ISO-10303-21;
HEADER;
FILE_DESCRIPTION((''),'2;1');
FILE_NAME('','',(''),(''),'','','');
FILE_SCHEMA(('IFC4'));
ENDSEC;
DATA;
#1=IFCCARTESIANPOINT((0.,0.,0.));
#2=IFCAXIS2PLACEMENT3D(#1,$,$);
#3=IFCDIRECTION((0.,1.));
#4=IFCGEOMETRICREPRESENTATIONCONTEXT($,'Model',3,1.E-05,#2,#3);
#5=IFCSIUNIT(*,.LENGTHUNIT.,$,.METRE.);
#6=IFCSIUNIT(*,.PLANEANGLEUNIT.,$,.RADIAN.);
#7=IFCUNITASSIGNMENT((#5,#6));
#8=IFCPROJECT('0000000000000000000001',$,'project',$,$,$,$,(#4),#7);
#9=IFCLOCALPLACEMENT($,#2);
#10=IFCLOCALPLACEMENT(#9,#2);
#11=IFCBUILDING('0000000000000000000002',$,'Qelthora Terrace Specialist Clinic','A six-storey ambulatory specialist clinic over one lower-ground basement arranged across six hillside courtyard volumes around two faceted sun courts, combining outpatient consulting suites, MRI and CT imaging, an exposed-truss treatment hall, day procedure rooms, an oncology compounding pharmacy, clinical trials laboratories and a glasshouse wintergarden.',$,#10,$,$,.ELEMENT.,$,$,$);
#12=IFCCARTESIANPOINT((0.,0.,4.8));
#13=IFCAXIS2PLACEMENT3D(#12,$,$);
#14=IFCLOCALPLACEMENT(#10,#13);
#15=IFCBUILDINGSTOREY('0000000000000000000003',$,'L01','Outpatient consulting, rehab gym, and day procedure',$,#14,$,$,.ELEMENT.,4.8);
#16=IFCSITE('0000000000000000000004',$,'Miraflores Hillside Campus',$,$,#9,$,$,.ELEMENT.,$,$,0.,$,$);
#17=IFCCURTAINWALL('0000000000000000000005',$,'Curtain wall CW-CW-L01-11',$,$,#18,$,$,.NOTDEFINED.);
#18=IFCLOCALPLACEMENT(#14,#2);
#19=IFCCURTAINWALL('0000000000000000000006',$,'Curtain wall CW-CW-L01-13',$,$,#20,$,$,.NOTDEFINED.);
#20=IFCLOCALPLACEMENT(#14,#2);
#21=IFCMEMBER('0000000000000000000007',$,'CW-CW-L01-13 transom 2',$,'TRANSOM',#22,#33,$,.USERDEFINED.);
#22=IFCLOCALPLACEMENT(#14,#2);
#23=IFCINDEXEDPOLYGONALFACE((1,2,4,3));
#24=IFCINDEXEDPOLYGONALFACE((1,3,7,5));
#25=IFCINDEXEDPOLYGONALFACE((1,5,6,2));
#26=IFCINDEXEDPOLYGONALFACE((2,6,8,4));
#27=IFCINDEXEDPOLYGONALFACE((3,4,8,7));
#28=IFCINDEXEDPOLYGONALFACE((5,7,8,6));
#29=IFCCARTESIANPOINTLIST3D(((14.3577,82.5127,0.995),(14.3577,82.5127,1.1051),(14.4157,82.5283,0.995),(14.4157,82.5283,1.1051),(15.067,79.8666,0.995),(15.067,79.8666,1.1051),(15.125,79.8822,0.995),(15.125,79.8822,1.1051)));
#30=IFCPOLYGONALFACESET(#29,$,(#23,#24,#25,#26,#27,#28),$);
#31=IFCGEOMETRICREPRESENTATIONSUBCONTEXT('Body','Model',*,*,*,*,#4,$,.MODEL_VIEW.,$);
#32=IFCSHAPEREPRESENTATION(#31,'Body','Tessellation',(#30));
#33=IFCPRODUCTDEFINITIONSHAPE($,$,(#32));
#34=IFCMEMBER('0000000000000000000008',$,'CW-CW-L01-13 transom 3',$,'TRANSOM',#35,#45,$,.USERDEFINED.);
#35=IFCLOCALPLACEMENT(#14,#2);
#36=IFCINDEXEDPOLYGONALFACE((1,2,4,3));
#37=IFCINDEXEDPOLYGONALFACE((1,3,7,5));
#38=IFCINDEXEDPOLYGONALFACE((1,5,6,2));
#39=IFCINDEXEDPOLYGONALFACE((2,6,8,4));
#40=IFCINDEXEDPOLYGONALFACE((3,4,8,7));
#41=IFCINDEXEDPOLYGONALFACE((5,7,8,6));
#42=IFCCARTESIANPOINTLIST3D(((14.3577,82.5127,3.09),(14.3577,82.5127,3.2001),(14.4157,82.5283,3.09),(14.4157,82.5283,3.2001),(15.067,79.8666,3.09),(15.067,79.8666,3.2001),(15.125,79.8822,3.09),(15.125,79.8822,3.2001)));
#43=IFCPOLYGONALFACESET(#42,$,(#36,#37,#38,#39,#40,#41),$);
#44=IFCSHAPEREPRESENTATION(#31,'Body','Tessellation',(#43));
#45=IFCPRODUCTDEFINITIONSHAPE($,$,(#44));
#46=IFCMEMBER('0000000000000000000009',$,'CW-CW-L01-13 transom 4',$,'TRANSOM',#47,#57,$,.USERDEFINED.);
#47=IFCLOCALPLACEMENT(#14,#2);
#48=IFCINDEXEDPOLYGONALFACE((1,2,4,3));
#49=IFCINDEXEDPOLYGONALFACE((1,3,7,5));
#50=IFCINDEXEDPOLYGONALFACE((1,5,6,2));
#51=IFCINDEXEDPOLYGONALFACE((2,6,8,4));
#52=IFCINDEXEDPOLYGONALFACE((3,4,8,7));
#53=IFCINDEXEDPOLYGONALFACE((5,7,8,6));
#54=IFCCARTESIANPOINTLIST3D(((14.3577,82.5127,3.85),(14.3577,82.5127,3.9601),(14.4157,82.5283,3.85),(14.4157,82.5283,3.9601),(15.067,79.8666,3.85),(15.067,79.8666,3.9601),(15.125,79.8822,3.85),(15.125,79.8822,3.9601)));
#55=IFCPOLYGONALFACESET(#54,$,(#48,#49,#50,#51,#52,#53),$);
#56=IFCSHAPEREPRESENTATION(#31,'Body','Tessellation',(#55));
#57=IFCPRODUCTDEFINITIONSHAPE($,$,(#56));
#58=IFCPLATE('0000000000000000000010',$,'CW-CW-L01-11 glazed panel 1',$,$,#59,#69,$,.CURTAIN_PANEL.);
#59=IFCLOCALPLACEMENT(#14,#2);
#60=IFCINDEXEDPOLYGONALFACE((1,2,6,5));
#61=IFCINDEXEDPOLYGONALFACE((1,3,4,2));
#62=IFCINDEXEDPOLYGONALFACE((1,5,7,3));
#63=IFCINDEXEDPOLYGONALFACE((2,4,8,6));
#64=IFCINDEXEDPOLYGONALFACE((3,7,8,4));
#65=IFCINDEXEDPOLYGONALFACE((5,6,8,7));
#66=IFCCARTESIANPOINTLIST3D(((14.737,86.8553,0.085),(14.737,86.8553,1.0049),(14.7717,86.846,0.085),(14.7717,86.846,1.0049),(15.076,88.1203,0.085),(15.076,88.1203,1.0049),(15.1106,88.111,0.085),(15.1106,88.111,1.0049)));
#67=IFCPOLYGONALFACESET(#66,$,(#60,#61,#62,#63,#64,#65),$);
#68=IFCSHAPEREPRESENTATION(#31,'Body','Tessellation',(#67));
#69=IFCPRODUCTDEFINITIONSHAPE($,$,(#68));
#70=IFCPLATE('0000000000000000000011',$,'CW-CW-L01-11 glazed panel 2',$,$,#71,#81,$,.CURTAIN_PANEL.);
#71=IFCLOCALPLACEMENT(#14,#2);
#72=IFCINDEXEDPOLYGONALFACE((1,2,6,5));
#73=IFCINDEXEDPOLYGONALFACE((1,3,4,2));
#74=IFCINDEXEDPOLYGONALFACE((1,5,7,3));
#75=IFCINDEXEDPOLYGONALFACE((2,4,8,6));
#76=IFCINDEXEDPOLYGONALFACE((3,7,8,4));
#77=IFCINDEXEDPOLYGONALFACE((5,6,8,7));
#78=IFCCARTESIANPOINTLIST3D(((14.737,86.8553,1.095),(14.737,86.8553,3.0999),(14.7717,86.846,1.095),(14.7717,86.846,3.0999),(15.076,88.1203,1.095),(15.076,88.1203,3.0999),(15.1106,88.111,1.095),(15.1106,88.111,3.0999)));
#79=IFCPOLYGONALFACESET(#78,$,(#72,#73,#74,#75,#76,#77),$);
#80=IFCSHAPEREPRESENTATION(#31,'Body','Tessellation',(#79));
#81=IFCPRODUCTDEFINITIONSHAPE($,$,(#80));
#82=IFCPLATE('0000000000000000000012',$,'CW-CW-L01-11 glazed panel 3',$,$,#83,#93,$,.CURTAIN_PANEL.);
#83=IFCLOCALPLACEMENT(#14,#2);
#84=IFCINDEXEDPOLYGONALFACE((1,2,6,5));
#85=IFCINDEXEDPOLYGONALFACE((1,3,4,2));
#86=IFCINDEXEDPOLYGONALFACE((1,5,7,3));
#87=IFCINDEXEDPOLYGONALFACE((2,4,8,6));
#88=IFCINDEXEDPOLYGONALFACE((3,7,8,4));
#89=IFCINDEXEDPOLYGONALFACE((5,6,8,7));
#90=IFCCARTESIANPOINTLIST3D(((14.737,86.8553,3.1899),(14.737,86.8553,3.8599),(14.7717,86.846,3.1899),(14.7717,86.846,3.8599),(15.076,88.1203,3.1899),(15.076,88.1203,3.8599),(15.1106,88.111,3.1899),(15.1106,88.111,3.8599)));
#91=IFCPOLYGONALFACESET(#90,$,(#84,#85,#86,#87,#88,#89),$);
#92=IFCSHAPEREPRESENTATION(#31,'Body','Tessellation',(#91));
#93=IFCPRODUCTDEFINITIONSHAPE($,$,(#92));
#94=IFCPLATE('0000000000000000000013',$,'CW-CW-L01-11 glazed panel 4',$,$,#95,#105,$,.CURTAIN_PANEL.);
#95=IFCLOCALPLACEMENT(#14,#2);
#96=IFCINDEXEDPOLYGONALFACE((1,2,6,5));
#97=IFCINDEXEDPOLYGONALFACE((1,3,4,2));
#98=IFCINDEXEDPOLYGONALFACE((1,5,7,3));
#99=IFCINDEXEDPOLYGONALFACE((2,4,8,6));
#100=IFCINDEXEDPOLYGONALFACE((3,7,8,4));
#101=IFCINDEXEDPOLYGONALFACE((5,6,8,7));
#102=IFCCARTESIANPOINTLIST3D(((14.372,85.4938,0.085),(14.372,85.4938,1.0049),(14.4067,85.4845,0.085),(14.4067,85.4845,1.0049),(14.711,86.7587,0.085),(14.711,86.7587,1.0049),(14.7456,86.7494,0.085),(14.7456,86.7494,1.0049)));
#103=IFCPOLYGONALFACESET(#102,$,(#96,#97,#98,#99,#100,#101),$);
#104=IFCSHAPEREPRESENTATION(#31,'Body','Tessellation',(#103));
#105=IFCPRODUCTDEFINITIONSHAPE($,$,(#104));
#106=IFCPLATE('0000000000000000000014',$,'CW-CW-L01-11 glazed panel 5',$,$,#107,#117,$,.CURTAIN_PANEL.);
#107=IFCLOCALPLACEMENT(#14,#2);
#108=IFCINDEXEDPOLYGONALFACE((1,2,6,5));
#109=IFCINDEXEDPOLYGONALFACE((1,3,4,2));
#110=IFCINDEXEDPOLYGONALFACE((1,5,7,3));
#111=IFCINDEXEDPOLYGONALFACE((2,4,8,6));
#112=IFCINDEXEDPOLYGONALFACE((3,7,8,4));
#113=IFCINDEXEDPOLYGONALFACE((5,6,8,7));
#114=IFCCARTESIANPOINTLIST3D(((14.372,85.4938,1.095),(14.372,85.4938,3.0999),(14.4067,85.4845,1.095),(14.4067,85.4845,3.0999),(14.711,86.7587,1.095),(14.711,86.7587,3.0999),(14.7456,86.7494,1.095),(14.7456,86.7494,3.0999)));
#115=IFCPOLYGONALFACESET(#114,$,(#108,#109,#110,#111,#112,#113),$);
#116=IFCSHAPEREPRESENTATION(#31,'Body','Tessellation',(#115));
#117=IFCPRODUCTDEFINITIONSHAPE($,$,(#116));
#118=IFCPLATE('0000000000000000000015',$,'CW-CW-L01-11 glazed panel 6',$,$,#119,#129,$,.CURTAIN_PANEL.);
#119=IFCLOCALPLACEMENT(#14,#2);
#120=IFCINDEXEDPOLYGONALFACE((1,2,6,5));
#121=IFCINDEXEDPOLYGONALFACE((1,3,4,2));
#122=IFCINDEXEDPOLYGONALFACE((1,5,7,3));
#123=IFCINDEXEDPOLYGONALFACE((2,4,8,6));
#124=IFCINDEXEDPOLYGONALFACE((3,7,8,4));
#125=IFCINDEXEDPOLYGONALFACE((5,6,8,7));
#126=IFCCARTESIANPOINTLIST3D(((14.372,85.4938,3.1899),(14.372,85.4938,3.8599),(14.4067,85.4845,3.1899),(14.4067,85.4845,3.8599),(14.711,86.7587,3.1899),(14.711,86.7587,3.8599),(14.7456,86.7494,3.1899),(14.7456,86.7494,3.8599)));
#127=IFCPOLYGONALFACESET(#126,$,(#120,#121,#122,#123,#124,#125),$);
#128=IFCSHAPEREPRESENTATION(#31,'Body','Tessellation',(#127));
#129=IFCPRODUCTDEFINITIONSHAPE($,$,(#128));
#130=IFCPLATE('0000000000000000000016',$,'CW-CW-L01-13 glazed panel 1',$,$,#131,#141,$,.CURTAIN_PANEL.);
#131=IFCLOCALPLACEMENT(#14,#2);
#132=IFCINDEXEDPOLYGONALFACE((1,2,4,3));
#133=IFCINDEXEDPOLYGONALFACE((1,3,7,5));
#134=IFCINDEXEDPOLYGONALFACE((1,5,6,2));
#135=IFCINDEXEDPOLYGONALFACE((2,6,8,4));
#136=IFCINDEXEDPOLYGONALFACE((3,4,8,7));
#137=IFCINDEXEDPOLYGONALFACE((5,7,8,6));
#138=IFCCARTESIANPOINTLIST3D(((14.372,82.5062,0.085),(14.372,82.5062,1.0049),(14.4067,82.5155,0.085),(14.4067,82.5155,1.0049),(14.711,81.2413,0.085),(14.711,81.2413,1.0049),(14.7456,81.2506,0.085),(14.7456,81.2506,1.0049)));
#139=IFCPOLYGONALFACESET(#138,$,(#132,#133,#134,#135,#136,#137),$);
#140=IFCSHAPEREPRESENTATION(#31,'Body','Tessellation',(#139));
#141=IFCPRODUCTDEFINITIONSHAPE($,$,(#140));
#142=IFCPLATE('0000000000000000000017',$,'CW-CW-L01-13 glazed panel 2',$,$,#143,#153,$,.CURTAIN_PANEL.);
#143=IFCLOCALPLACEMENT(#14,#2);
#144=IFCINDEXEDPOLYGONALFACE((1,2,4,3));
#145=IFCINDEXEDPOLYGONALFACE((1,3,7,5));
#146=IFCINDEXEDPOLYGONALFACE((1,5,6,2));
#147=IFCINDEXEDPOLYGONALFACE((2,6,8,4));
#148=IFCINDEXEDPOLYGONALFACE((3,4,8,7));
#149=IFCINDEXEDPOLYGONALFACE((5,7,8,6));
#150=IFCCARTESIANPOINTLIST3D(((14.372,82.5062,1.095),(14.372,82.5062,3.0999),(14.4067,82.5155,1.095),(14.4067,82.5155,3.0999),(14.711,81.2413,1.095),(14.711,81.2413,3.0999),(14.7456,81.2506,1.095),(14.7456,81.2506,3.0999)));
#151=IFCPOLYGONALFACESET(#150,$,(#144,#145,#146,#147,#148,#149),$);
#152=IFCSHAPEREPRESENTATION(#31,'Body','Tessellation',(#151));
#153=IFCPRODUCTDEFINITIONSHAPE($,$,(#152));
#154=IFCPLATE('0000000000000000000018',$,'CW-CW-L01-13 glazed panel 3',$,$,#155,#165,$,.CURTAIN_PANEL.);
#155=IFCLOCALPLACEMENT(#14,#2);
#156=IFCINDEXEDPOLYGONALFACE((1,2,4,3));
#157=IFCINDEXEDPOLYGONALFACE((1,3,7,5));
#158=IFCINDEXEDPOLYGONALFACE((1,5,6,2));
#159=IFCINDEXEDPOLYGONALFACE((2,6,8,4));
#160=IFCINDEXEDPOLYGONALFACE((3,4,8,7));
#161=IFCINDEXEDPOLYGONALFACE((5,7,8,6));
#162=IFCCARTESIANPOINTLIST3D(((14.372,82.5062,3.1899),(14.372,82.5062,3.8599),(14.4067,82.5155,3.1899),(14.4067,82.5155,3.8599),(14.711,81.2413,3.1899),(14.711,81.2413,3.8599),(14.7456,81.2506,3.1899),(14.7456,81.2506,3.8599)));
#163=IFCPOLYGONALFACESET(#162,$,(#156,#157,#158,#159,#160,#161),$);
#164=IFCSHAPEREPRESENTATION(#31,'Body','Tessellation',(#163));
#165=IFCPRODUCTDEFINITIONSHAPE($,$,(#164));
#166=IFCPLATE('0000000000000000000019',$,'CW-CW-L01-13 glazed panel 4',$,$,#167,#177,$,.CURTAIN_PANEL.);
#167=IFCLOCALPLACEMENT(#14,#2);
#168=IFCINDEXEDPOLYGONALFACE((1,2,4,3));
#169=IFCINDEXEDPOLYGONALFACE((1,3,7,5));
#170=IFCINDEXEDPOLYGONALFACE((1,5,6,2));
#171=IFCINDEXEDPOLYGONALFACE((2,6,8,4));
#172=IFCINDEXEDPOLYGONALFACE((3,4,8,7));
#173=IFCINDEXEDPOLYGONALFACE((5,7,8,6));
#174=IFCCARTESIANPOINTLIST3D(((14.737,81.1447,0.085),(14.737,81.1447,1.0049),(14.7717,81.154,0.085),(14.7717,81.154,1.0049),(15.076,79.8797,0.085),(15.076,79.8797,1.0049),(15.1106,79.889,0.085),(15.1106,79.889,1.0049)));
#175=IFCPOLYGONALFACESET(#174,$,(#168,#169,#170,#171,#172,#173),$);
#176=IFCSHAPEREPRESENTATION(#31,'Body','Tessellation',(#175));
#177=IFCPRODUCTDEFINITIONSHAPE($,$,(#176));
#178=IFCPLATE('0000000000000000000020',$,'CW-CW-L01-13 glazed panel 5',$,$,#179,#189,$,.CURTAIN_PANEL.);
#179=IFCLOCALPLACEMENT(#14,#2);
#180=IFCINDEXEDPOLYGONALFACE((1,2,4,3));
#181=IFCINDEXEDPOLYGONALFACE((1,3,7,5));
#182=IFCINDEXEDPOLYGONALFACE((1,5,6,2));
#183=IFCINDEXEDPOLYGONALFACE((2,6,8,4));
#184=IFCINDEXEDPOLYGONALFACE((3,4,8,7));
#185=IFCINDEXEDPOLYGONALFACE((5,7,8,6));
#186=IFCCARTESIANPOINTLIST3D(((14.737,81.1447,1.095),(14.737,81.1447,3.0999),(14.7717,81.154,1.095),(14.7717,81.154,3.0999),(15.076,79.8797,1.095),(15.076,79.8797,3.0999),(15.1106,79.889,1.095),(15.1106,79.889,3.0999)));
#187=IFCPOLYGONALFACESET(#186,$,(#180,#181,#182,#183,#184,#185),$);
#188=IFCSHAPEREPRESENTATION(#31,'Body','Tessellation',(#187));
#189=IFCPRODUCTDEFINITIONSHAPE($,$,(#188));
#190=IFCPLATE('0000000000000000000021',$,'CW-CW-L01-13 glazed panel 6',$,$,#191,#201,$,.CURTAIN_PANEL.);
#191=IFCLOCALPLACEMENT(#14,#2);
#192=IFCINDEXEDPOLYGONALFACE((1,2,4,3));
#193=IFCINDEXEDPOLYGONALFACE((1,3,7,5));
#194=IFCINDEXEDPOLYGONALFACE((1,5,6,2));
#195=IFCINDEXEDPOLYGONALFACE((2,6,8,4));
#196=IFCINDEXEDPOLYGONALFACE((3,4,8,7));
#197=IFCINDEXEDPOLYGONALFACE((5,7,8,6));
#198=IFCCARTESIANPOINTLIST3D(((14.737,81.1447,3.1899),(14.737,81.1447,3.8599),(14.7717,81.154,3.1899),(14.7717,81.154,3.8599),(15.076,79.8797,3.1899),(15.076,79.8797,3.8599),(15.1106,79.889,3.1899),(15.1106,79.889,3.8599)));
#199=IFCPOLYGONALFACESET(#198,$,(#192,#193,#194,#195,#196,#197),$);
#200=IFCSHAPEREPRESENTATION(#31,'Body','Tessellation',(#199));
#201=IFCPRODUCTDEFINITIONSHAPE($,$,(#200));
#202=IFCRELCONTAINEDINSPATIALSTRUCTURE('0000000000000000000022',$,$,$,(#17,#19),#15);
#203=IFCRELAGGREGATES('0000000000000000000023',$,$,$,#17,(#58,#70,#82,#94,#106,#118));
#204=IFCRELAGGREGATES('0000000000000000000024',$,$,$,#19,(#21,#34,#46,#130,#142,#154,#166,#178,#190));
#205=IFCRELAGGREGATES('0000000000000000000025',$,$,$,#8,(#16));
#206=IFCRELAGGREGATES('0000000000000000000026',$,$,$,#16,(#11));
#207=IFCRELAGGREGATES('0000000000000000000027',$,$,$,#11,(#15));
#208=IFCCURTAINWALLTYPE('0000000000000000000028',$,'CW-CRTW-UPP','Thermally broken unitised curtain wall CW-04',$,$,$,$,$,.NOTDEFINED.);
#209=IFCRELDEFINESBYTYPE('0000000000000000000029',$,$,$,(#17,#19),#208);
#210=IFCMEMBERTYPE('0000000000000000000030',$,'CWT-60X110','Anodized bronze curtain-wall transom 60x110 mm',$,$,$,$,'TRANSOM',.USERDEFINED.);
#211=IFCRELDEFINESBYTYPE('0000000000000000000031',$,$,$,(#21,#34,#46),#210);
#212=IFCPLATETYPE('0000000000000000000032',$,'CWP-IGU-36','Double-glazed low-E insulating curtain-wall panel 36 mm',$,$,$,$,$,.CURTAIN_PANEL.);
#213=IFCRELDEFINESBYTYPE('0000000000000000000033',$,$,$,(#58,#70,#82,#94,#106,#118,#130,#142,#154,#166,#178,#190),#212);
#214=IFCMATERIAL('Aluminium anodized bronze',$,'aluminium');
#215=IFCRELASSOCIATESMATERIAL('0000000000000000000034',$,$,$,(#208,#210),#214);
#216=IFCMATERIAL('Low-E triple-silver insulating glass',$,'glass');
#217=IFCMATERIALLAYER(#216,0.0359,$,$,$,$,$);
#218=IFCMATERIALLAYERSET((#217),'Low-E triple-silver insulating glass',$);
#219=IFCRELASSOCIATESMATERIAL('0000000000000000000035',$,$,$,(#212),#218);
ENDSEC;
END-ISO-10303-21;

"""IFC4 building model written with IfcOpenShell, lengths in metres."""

from ifc_helpers import new_model, si_unit, direction, frame, origin, origin_2d, place, context, subcontext, project, spatial, rectangle, extrude, material, layer, layer_set, material_profile, profile_set, type_object, element, aggregate, save


model = new_model("IFC4")

# Units and contexts
model_context = context("Model", 3, precision=1e-05, world=origin(), true_north=direction((0.0, 1.0)))
body_context = subcontext(model_context, "Body", "Model", "MODEL_VIEW")
ifc_project = project(units=[si_unit("LENGTHUNIT", "METRE"), si_unit("PLANEANGLEUNIT", "RADIAN")], contexts=[model_context])

# Site, building, storey
site_placement = place(None, origin())
site = spatial("IfcSite", under=ifc_project, at=site_placement, Name="Miraflores Hillside Campus", CompositionType="ELEMENT", RefElevation=0.0)
building_placement = place(site_placement, origin())
building = spatial("IfcBuilding", under=site, at=building_placement, Name="Qelthora Terrace Specialist Clinic", Description="A six-storey ambulatory specialist clinic over one lower-ground basement arranged across six hillside courtyard volumes around two faceted sun courts, combining outpatient consulting suites, MRI and CT imaging, an exposed-truss treatment hall, day procedure rooms, an oncology compounding pharmacy, clinical trials laboratories and a glasshouse wintergarden.", CompositionType="ELEMENT")
storey_placement = place(building_placement, frame((0.0, 0.0, 4.8)))
storey = spatial("IfcBuildingStorey", under=building, at=storey_placement, Name="L01", Description="Outpatient consulting, rehab gym, and day procedure", CompositionType="ELEMENT", Elevation=4.8)

# Curtain wall
ifc_material_1 = material(Name="Aluminium anodized bronze", Category="aluminium")
curtain_wall_type = type_object("IfcCurtainWallType", Name="CW-CRTW-UPP", Description="Thermally broken unitised curtain wall CW-04", PredefinedType="NOTDEFINED", material=ifc_material_1)
curtain_wall_1_placement = place(storey_placement, origin())
curtain_wall_1 = element("IfcCurtainWall", 1, at=curtain_wall_1_placement, inside=storey, type_object=curtain_wall_type, Name="Curtain wall CW-CW-L01-11", PredefinedType="NOTDEFINED")

# Curtain wall
curtain_wall_2_placement = place(storey_placement, origin())
curtain_wall_2 = element("IfcCurtainWall", 2, at=curtain_wall_2_placement, inside=storey, type_object=curtain_wall_type, Name="Curtain wall CW-CW-L01-13", PredefinedType="NOTDEFINED")

# Members
ifc_material_profile_1 = material_profile(ifc_material_1, rectangle(XDim=0.0601, YDim=0.1101, at=origin_2d()), Name="CWT60X110")
ifc_profile_set_1 = profile_set([ifc_material_profile_1], Name="Aluminium anodized bronze")
member_type_1 = type_object("IfcMemberType", Name="CWT-60X110", Description="Anodized bronze curtain-wall transom 60x110 mm", ElementType="TRANSOM", PredefinedType="USERDEFINED", material=ifc_profile_set_1)
member_1_placement = place(storey_placement, frame((14.3867, 82.5205, 1.05), z_axis=(0.258899, -0.965904, 0.0), x_axis=(0.965904, 0.258899, 0.0)))
member_1 = element("IfcMember", 3, at=member_1_placement, type_object=member_type_1, Name="CW-CW-L01-13 transom 2", ObjectType="TRANSOM", PredefinedType="USERDEFINED", context=body_context, shape_type="SweptSolid", body=[
    extrude(rectangle(XDim=0.0601, YDim=0.1101, at=origin_2d()), origin(), (0.0, 0.0, 1.0), 2.7395),
])
member_2_placement = place(storey_placement, frame((14.3867, 82.5205, 3.145), z_axis=(0.258899, -0.965904, 0.0), x_axis=(0.965904, 0.258899, 0.0)))
member_2 = element("IfcMember", 4, at=member_2_placement, type_object=member_type_1, Name="CW-CW-L01-13 transom 3", ObjectType="TRANSOM", PredefinedType="USERDEFINED", context=body_context, shape_type="SweptSolid", body=[
    extrude(rectangle(XDim=0.0601, YDim=0.1101, at=origin_2d()), origin(), (0.0, 0.0, 1.0), 2.7395),
])
member_3_placement = place(storey_placement, frame((14.3867, 82.5205, 3.905), z_axis=(0.258899, -0.965904, 0.0), x_axis=(0.965904, 0.258899, 0.0)))
member_3 = element("IfcMember", 5, at=member_3_placement, type_object=member_type_1, Name="CW-CW-L01-13 transom 4", ObjectType="TRANSOM", PredefinedType="USERDEFINED", context=body_context, shape_type="SweptSolid", body=[
    extrude(rectangle(XDim=0.0601, YDim=0.1101, at=origin_2d()), origin(), (0.0, 0.0, 1.0), 2.7395),
])

# Plates
ifc_material_2 = material(Name="Low-E triple-silver insulating glass", Category="glass")
ifc_layer = layer(ifc_material_2, 0.0359)
ifc_layer_set = layer_set([ifc_layer], Name="Low-E triple-silver insulating glass")
plate_type = type_object("IfcPlateType", Name="CWP-IGU-36", Description="Double-glazed low-E insulating curtain-wall panel 36 mm", PredefinedType="CURTAIN_PANEL", material=ifc_layer_set)
plate_1_placement = place(storey_placement, frame((14.9238, 87.4832, 0.085), z_axis=(0.0, 0.0, 1.0), x_axis=(-0.258821, -0.965925, 0.0)))
plate_1 = element("IfcPlate", 6, at=plate_1_placement, type_object=plate_type, Name="CW-CW-L01-11 glazed panel 1", PredefinedType="CURTAIN_PANEL", context=body_context, shape_type="SweptSolid", body=[
    extrude(rectangle(XDim=1.3096, YDim=0.0359, at=origin_2d()), origin(), (0.0, 0.0, 1.0), 0.9199),
])
plate_2_placement = place(storey_placement, frame((14.9238, 87.4832, 1.095), z_axis=(0.0, 0.0, 1.0), x_axis=(-0.258821, -0.965925, 0.0)))
plate_2 = element("IfcPlate", 7, at=plate_2_placement, type_object=plate_type, Name="CW-CW-L01-11 glazed panel 2", PredefinedType="CURTAIN_PANEL", context=body_context, shape_type="SweptSolid", body=[
    extrude(rectangle(XDim=1.3096, YDim=0.0359, at=origin_2d()), origin(), (0.0, 0.0, 1.0), 2.0049),
])
plate_3_placement = place(storey_placement, frame((14.9238, 87.4832, 3.1899), z_axis=(0.0, 0.0, 1.0), x_axis=(-0.258821, -0.965925, 0.0)))
plate_3 = element("IfcPlate", 8, at=plate_3_placement, type_object=plate_type, Name="CW-CW-L01-11 glazed panel 3", PredefinedType="CURTAIN_PANEL", context=body_context, shape_type="SweptSolid", body=[
    extrude(rectangle(XDim=1.3096, YDim=0.0359, at=origin_2d()), origin(), (0.0, 0.0, 1.0), 0.6699),
])
plate_4_placement = place(storey_placement, frame((14.5588, 86.1216, 0.085), z_axis=(0.0, 0.0, 1.0), x_axis=(-0.258821, -0.965925, 0.0)))
plate_4 = element("IfcPlate", 9, at=plate_4_placement, type_object=plate_type, Name="CW-CW-L01-11 glazed panel 4", PredefinedType="CURTAIN_PANEL", context=body_context, shape_type="SweptSolid", body=[
    extrude(rectangle(XDim=1.3096, YDim=0.0359, at=origin_2d()), origin(), (0.0, 0.0, 1.0), 0.9199),
])
plate_5_placement = place(storey_placement, frame((14.5588, 86.1216, 1.095), z_axis=(0.0, 0.0, 1.0), x_axis=(-0.258821, -0.965925, 0.0)))
plate_5 = element("IfcPlate", 10, at=plate_5_placement, type_object=plate_type, Name="CW-CW-L01-11 glazed panel 5", PredefinedType="CURTAIN_PANEL", context=body_context, shape_type="SweptSolid", body=[
    extrude(rectangle(XDim=1.3096, YDim=0.0359, at=origin_2d()), origin(), (0.0, 0.0, 1.0), 2.0049),
])
plate_6_placement = place(storey_placement, frame((14.5588, 86.1216, 3.1899), z_axis=(0.0, 0.0, 1.0), x_axis=(-0.258821, -0.965925, 0.0)))
plate_6 = element("IfcPlate", 11, at=plate_6_placement, type_object=plate_type, Name="CW-CW-L01-11 glazed panel 6", PredefinedType="CURTAIN_PANEL", context=body_context, shape_type="SweptSolid", body=[
    extrude(rectangle(XDim=1.3096, YDim=0.0359, at=origin_2d()), origin(), (0.0, 0.0, 1.0), 0.6699),
])
aggregate(curtain_wall_1, [plate_1, plate_2, plate_3, plate_4, plate_5, plate_6])
plate_7_placement = place(storey_placement, frame((14.5588, 81.8784, 0.085), z_axis=(0.0, 0.0, 1.0), x_axis=(0.258821, -0.965925, 0.0)))
plate_7 = element("IfcPlate", 12, at=plate_7_placement, type_object=plate_type, Name="CW-CW-L01-13 glazed panel 1", PredefinedType="CURTAIN_PANEL", context=body_context, shape_type="SweptSolid", body=[
    extrude(rectangle(XDim=1.3096, YDim=0.0359, at=origin_2d()), origin(), (0.0, 0.0, 1.0), 0.9199),
])
plate_8_placement = place(storey_placement, frame((14.5588, 81.8784, 1.095), z_axis=(0.0, 0.0, 1.0), x_axis=(0.258821, -0.965925, 0.0)))
plate_8 = element("IfcPlate", 13, at=plate_8_placement, type_object=plate_type, Name="CW-CW-L01-13 glazed panel 2", PredefinedType="CURTAIN_PANEL", context=body_context, shape_type="SweptSolid", body=[
    extrude(rectangle(XDim=1.3096, YDim=0.0359, at=origin_2d()), origin(), (0.0, 0.0, 1.0), 2.0049),
])
plate_9_placement = place(storey_placement, frame((14.5588, 81.8784, 3.1899), z_axis=(0.0, 0.0, 1.0), x_axis=(0.258821, -0.965925, 0.0)))
plate_9 = element("IfcPlate", 14, at=plate_9_placement, type_object=plate_type, Name="CW-CW-L01-13 glazed panel 3", PredefinedType="CURTAIN_PANEL", context=body_context, shape_type="SweptSolid", body=[
    extrude(rectangle(XDim=1.3096, YDim=0.0359, at=origin_2d()), origin(), (0.0, 0.0, 1.0), 0.6699),
])
plate_10_placement = place(storey_placement, frame((14.9238, 80.5168, 0.085), z_axis=(0.0, 0.0, 1.0), x_axis=(0.258821, -0.965925, 0.0)))
plate_10 = element("IfcPlate", 15, at=plate_10_placement, type_object=plate_type, Name="CW-CW-L01-13 glazed panel 4", PredefinedType="CURTAIN_PANEL", context=body_context, shape_type="SweptSolid", body=[
    extrude(rectangle(XDim=1.3096, YDim=0.0359, at=origin_2d()), origin(), (0.0, 0.0, 1.0), 0.9199),
])
plate_11_placement = place(storey_placement, frame((14.9238, 80.5168, 1.095), z_axis=(0.0, 0.0, 1.0), x_axis=(0.258821, -0.965925, 0.0)))
plate_11 = element("IfcPlate", 16, at=plate_11_placement, type_object=plate_type, Name="CW-CW-L01-13 glazed panel 5", PredefinedType="CURTAIN_PANEL", context=body_context, shape_type="SweptSolid", body=[
    extrude(rectangle(XDim=1.3096, YDim=0.0359, at=origin_2d()), origin(), (0.0, 0.0, 1.0), 2.0049),
])
plate_12_placement = place(storey_placement, frame((14.9238, 80.5168, 3.1899), z_axis=(0.0, 0.0, 1.0), x_axis=(0.258821, -0.965925, 0.0)))
plate_12 = element("IfcPlate", 17, at=plate_12_placement, type_object=plate_type, Name="CW-CW-L01-13 glazed panel 6", PredefinedType="CURTAIN_PANEL", context=body_context, shape_type="SweptSolid", body=[
    extrude(rectangle(XDim=1.3096, YDim=0.0359, at=origin_2d()), origin(), (0.0, 0.0, 1.0), 0.6699),
])
aggregate(curtain_wall_2, [member_1, member_2, member_3, plate_7, plate_8, plate_9, plate_10, plate_11, plate_12])

save(model, "model.ifc")
